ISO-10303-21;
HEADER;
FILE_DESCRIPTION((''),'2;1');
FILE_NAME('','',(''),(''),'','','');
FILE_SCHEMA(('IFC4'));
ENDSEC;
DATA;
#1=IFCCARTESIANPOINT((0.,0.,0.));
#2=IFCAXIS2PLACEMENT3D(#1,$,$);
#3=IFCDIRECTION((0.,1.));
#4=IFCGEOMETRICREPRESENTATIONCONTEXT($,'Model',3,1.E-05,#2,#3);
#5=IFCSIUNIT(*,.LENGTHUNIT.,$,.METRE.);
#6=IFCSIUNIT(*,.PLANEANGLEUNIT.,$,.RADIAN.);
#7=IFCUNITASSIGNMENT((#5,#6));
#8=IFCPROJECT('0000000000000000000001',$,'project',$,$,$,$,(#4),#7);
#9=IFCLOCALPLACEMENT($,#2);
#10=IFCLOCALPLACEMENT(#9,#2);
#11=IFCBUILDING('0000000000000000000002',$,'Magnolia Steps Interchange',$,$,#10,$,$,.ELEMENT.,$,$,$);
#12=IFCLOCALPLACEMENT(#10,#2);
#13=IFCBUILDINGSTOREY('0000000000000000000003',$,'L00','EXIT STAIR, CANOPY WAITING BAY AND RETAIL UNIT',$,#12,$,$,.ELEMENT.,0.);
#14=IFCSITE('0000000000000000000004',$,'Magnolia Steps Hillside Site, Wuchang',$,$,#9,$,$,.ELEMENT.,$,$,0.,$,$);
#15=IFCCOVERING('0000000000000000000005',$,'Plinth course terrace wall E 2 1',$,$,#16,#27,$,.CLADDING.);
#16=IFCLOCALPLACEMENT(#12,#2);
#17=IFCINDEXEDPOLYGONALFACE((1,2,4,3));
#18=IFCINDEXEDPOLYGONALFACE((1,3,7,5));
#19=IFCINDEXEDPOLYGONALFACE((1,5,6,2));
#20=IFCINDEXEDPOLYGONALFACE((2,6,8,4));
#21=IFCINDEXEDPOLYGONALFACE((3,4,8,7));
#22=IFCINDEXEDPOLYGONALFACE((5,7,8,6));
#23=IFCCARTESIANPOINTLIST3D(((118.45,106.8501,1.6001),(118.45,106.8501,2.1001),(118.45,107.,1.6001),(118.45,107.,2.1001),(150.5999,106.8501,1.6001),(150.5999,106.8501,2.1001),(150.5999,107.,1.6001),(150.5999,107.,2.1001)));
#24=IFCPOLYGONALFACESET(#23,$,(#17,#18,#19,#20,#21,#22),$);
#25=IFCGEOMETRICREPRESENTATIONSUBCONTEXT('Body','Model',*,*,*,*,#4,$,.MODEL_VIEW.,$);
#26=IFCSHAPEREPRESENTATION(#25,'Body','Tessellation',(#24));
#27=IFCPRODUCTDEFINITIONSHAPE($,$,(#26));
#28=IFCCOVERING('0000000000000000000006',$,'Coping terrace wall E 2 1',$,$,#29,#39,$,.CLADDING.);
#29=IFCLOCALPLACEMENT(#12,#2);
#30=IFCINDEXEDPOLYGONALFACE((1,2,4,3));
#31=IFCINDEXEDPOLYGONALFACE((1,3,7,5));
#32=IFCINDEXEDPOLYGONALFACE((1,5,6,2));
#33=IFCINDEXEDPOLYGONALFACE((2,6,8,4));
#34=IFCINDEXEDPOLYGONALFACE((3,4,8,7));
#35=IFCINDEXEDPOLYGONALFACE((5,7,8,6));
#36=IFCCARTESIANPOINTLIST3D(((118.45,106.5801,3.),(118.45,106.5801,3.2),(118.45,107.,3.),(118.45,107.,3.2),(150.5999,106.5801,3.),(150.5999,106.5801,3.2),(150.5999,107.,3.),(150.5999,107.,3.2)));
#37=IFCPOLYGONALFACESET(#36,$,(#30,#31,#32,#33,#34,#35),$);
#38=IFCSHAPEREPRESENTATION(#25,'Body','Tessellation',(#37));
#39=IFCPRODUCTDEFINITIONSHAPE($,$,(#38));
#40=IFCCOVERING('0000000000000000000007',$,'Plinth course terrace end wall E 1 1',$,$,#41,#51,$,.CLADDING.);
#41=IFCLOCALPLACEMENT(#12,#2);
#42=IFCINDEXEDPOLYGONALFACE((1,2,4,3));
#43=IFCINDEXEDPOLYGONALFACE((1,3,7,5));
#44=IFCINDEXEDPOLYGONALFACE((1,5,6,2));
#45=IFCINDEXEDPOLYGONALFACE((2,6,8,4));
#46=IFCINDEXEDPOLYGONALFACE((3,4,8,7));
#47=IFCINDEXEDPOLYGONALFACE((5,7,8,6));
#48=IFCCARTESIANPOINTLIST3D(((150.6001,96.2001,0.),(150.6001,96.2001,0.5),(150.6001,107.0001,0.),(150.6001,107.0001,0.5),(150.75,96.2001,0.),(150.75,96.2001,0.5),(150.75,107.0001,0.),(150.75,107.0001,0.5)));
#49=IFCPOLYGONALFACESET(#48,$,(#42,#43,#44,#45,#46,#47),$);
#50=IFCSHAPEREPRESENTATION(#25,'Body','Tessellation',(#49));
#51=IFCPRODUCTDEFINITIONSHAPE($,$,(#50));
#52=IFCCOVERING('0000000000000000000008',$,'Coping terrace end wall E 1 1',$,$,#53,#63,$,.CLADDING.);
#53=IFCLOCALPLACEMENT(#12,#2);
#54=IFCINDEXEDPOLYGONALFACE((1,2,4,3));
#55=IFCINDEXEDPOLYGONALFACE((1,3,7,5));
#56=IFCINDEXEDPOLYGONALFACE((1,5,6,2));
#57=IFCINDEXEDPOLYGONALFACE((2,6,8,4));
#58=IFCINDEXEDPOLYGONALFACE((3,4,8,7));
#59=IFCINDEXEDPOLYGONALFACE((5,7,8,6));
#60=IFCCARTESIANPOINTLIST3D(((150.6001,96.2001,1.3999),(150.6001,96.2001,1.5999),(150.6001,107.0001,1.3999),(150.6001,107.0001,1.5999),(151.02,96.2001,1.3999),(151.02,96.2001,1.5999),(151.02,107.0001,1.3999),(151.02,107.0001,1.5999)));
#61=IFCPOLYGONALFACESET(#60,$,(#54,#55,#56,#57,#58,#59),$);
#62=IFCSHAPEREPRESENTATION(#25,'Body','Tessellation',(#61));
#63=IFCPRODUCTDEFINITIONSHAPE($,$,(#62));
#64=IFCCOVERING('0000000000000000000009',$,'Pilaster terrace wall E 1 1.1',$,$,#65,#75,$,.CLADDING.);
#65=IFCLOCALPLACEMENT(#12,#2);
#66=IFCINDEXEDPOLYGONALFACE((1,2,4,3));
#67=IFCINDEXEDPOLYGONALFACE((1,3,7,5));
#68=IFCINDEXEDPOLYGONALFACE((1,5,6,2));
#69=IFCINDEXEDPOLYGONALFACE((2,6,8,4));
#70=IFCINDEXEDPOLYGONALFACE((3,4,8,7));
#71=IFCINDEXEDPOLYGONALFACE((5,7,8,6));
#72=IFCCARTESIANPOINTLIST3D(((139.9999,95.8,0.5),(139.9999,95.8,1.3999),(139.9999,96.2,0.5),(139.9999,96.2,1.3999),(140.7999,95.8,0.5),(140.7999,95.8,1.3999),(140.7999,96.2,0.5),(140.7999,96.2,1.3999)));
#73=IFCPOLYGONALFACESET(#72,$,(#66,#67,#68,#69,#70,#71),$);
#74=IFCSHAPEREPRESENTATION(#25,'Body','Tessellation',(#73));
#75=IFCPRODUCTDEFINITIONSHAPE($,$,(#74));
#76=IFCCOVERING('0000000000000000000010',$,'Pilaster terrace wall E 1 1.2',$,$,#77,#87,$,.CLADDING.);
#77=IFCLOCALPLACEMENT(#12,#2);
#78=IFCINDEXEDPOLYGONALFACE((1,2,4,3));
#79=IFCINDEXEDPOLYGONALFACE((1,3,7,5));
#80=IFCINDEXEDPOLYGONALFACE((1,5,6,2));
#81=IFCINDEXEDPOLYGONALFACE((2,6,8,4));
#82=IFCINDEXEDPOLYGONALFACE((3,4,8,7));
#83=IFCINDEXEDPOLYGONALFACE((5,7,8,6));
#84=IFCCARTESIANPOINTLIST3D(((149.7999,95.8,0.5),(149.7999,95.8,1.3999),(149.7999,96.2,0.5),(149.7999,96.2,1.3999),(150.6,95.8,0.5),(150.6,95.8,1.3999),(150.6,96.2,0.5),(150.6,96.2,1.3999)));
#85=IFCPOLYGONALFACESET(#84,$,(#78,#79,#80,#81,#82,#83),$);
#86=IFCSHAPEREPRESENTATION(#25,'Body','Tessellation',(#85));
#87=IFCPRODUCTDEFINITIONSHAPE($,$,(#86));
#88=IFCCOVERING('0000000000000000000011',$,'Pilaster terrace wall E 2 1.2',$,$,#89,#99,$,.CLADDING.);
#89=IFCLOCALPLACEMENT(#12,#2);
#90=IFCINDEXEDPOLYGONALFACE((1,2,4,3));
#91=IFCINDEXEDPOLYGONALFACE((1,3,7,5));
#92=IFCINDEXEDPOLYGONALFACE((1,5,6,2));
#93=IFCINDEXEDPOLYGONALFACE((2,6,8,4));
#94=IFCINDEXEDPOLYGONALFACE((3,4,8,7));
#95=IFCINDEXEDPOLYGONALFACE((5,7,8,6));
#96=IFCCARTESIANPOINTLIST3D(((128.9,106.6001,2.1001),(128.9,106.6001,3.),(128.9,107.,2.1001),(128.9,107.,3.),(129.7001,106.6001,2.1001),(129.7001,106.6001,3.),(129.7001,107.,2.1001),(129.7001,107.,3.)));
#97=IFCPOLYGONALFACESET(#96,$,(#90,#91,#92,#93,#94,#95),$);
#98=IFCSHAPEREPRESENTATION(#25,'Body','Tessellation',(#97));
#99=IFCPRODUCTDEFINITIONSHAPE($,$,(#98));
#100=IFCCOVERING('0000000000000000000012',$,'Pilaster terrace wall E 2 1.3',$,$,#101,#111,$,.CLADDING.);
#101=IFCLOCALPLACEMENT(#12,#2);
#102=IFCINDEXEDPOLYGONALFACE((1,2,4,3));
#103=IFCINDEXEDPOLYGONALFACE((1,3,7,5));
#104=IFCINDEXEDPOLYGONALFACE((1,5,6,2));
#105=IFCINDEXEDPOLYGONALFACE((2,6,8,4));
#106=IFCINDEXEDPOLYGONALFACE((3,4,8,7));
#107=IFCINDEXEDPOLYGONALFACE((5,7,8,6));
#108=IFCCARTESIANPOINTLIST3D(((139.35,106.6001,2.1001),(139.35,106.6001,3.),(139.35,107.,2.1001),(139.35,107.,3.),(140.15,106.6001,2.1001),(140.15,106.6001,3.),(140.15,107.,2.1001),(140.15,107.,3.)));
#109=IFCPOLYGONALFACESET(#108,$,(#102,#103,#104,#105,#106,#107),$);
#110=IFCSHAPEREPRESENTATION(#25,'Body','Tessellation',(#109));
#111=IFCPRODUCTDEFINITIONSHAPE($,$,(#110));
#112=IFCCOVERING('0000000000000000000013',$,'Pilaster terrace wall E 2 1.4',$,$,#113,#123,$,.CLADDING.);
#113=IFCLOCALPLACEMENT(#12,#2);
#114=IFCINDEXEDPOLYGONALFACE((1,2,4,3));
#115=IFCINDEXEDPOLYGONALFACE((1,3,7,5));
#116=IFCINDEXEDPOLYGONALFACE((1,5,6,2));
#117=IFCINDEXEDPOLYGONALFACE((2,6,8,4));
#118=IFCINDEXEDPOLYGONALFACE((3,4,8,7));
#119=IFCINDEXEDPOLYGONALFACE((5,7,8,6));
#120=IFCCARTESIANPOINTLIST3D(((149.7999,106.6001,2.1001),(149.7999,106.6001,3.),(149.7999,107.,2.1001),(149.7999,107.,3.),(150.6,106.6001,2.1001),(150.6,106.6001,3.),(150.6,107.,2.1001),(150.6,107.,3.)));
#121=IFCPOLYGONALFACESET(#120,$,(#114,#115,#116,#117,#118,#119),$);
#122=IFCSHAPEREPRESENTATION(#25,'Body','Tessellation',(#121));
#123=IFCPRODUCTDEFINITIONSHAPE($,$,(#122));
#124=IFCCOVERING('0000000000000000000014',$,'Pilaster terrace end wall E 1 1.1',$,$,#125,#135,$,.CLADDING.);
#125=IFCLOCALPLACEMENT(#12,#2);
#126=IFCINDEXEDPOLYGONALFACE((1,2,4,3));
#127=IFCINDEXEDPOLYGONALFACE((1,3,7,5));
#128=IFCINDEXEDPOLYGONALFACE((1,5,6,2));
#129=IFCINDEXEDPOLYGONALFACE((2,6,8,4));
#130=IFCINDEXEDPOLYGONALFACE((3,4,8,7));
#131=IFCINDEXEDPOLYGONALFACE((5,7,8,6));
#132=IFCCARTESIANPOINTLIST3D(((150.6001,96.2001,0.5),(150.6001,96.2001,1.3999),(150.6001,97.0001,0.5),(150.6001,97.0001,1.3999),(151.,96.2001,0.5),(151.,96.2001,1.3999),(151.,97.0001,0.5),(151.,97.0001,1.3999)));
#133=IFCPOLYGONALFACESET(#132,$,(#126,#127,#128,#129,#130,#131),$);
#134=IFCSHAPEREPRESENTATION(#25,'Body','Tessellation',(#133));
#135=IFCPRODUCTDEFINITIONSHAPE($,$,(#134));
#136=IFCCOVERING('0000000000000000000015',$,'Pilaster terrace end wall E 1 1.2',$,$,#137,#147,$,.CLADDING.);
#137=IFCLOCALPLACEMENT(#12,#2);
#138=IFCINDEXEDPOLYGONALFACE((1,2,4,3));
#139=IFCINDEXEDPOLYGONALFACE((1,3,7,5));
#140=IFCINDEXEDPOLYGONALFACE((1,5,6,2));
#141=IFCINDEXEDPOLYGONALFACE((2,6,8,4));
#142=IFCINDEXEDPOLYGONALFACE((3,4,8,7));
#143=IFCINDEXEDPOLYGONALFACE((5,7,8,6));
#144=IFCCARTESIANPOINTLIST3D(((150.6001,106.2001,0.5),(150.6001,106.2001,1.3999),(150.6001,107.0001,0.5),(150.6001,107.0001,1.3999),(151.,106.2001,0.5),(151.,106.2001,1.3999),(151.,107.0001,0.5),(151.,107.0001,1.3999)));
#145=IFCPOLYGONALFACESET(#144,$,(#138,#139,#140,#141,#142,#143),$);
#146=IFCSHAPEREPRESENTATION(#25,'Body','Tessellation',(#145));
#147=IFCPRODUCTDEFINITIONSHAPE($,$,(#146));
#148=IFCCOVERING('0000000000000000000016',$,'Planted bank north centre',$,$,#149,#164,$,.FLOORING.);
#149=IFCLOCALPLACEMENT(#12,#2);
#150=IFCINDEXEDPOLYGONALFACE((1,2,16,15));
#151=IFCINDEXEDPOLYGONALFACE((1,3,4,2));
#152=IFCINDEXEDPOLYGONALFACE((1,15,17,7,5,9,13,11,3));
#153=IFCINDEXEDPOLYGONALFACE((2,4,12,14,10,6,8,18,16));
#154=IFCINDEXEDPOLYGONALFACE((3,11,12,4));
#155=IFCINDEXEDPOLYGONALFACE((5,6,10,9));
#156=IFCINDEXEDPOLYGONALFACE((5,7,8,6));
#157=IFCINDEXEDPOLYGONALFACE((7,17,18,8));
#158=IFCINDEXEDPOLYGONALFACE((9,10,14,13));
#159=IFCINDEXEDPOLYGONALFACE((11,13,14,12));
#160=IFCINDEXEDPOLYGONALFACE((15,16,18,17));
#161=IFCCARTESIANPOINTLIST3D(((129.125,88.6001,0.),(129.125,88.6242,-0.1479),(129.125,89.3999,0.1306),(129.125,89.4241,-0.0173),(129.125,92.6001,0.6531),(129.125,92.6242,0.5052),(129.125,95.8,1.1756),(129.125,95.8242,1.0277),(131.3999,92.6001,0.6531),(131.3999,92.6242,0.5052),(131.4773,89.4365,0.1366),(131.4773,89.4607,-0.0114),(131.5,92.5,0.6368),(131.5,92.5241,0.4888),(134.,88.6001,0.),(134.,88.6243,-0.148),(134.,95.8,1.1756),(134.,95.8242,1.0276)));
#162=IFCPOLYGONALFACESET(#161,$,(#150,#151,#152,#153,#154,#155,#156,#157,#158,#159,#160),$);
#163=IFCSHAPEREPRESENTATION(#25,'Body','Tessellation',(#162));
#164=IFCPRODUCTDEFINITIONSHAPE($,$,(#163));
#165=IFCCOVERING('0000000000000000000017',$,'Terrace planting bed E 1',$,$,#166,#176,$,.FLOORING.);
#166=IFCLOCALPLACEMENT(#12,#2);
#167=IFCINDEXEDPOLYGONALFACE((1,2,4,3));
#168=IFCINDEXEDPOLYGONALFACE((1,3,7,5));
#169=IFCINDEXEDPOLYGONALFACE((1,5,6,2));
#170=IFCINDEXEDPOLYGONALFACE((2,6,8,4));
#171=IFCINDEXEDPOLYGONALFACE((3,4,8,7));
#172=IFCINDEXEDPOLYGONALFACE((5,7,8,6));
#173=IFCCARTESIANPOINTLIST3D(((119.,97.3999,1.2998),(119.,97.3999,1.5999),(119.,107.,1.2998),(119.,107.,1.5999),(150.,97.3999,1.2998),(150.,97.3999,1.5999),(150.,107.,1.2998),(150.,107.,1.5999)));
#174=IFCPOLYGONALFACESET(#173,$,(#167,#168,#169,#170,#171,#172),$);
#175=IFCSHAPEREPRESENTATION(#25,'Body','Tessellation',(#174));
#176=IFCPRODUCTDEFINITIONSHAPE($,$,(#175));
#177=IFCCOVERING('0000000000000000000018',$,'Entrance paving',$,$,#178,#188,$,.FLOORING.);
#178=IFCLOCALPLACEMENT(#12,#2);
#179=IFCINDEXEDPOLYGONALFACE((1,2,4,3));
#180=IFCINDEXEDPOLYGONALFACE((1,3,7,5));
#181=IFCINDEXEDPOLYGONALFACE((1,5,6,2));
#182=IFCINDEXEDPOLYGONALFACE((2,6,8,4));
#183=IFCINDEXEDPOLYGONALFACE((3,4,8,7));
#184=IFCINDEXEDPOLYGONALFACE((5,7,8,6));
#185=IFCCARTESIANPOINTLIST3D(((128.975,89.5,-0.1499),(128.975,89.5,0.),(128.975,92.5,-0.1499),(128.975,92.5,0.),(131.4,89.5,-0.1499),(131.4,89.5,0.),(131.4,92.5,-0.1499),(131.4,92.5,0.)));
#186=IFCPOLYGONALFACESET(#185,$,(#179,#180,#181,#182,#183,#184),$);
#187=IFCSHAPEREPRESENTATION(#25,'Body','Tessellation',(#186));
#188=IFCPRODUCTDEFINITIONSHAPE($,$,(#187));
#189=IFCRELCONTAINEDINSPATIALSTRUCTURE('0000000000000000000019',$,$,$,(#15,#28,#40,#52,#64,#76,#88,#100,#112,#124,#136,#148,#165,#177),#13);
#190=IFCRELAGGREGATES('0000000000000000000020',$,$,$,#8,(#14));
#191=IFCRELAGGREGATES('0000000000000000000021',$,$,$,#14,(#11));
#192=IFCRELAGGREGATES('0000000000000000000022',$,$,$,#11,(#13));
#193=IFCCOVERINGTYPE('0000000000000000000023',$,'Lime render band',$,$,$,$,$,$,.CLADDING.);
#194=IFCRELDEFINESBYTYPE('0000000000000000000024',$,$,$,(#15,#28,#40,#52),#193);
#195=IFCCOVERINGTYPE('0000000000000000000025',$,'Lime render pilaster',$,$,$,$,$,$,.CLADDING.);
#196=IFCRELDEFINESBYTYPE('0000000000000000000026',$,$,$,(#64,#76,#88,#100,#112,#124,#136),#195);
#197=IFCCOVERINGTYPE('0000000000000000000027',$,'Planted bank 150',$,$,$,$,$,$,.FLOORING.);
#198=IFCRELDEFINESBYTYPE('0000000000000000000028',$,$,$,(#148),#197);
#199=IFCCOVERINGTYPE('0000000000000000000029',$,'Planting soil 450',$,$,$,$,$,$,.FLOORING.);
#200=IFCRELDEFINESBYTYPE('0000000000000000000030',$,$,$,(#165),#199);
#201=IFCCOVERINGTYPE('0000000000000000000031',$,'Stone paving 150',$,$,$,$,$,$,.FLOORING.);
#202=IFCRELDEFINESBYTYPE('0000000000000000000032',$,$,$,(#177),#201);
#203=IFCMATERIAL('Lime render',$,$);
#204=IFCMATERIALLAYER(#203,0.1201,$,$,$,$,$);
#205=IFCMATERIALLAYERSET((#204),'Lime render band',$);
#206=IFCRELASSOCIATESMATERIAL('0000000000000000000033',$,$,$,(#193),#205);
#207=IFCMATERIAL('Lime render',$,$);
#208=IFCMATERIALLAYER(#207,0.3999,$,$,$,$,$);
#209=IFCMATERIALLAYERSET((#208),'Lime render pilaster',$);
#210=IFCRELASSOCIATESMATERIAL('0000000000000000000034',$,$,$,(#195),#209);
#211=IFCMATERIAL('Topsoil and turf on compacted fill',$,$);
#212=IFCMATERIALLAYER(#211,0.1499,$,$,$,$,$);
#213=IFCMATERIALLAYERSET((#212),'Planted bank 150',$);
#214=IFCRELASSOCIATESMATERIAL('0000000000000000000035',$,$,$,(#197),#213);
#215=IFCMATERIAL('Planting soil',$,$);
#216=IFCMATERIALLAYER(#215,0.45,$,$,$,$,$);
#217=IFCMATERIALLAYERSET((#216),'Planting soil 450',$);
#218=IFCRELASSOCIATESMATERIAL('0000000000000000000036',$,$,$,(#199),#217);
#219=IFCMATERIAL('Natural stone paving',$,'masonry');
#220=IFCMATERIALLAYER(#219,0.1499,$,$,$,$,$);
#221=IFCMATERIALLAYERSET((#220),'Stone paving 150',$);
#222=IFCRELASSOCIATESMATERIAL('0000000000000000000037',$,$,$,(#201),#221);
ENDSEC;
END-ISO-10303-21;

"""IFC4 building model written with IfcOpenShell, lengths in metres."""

from ifc_helpers import new_model, si_unit, direction, frame, origin, origin_2d, place, context, subcontext, project, spatial, polyline, rectangle, outline, extrude, material, layer, layer_set, type_object, element, save


model = new_model("IFC4")

# Units and contexts
model_context = context("Model", 3, precision=1e-05, world=origin(), true_north=direction((0.0, 1.0)))
body_context = subcontext(model_context, "Body", "Model", "MODEL_VIEW")
ifc_project = project(units=[si_unit("LENGTHUNIT", "METRE"), si_unit("PLANEANGLEUNIT", "RADIAN")], contexts=[model_context])

# Site, building, storey
site_placement = place(None, origin())
site = spatial("IfcSite", under=ifc_project, at=site_placement, Name="Magnolia Steps Hillside Site, Wuchang", CompositionType="ELEMENT", RefElevation=0.0)
building_placement = place(site_placement, origin())
building = spatial("IfcBuilding", under=site, at=building_placement, Name="Magnolia Steps Interchange", CompositionType="ELEMENT")
storey_placement = place(building_placement, origin())
storey = spatial("IfcBuildingStorey", under=building, at=storey_placement, Name="L00", Description="EXIT STAIR, CANOPY WAITING BAY AND RETAIL UNIT", CompositionType="ELEMENT", Elevation=0.0)

# Coverings
ifc_material_1 = material(Name="Lime render")
ifc_layer_1 = layer(ifc_material_1, 0.1201)
ifc_layer_set_1 = layer_set([ifc_layer_1], Name="Lime render band")
covering_type_1 = type_object("IfcCoveringType", Name="Lime render band", PredefinedType="CLADDING", material=ifc_layer_set_1)
covering_1_placement = place(storey_placement, frame((134.5249, 106.925, 1.6001), z_axis=(0.0, 0.0, 1.0), x_axis=(1.0, 0.0, 0.0)))
element("IfcCovering", 1, at=covering_1_placement, inside=storey, type_object=covering_type_1, Name="Plinth course terrace wall E 2 1", PredefinedType="CLADDING", context=body_context, shape_type="SweptSolid", body=[
    extrude(rectangle(XDim=32.1499, YDim=0.1499, at=origin_2d()), origin(), (0.0, 0.0, 1.0), 0.5),
])
covering_2_placement = place(storey_placement, frame((134.5249, 106.79, 3.0), z_axis=(0.0, 0.0, 1.0), x_axis=(1.0, 0.0, 0.0)))
element("IfcCovering", 2, at=covering_2_placement, inside=storey, type_object=covering_type_1, Name="Coping terrace wall E 2 1", PredefinedType="CLADDING", context=body_context, shape_type="SweptSolid", body=[
    extrude(rectangle(XDim=32.1499, YDim=0.4199, at=origin_2d()), origin(), (0.0, 0.0, 1.0), 0.2),
])
covering_3_placement = place(storey_placement, frame((150.675, 101.6001, 0.0), z_axis=(0.0, 0.0, 1.0), x_axis=(1.0, 0.0, 0.0)))
element("IfcCovering", 3, at=covering_3_placement, inside=storey, type_object=covering_type_1, Name="Plinth course terrace end wall E 1 1", PredefinedType="CLADDING", context=body_context, shape_type="SweptSolid", body=[
    extrude(rectangle(XDim=0.1499, YDim=10.8, at=origin_2d()), origin(), (0.0, 0.0, 1.0), 0.5),
])
covering_4_placement = place(storey_placement, frame((150.8101, 101.6001, 1.3999), z_axis=(0.0, 0.0, 1.0), x_axis=(1.0, 0.0, 0.0)))
element("IfcCovering", 4, at=covering_4_placement, inside=storey, type_object=covering_type_1, Name="Coping terrace end wall E 1 1", PredefinedType="CLADDING", context=body_context, shape_type="SweptSolid", body=[
    extrude(rectangle(XDim=0.4199, YDim=10.8, at=origin_2d()), origin(), (0.0, 0.0, 1.0), 0.2),
])
ifc_material_2 = material(Name="Lime render")
ifc_layer_2 = layer(ifc_material_2, 0.3999)
ifc_layer_set_2 = layer_set([ifc_layer_2], Name="Lime render pilaster")
covering_type_2 = type_object("IfcCoveringType", Name="Lime render pilaster", PredefinedType="CLADDING", material=ifc_layer_set_2)
for number, where, z_axis, x_axis, name in (
    (5, (140.3999, 96.0, 0.5), (0.0, 0.0, 1.0), (1.0, 0.0, 0.0), "Pilaster terrace wall E 1 1.1"),
    (6, (150.2, 96.0, 0.5), (0.0, 0.0, 1.0), (1.0, 0.0, 0.0), "Pilaster terrace wall E 1 1.2"),
    (7, (129.3, 106.8, 2.1001), (0.0, 0.0, 1.0), (1.0, 0.0, 0.0), "Pilaster terrace wall E 2 1.2"),
    (8, (139.75, 106.8, 2.1001), (0.0, 0.0, 1.0), (1.0, 0.0, 0.0), "Pilaster terrace wall E 2 1.3"),
    (9, (150.2, 106.8, 2.1001), (0.0, 0.0, 1.0), (1.0, 0.0, 0.0), "Pilaster terrace wall E 2 1.4"),
):
    element("IfcCovering", number, at=place(storey_placement, frame(where, z_axis=z_axis, x_axis=x_axis)), inside=storey, type_object=covering_type_2, Name=name, PredefinedType="CLADDING", context=body_context, shape_type="SweptSolid", body=[
        extrude(rectangle(XDim=0.8, YDim=0.3999, at=origin_2d()), origin(), (0.0, 0.0, 1.0), 0.8999),
    ])
for number, where, z_axis, x_axis, name in (
    (10, (150.8, 96.6001, 0.5), (0.0, 0.0, 1.0), (1.0, 0.0, 0.0), "Pilaster terrace end wall E 1 1.1"),
    (11, (150.8, 106.6001, 0.5), (0.0, 0.0, 1.0), (1.0, 0.0, 0.0), "Pilaster terrace end wall E 1 1.2"),
):
    element("IfcCovering", number, at=place(storey_placement, frame(where, z_axis=z_axis, x_axis=x_axis)), inside=storey, type_object=covering_type_2, Name=name, PredefinedType="CLADDING", context=body_context, shape_type="SweptSolid", body=[
        extrude(rectangle(XDim=0.3999, YDim=0.8, at=origin_2d()), origin(), (0.0, 0.0, 1.0), 0.8999),
    ])
ifc_material_3 = material(Name="Topsoil and turf on compacted fill")
ifc_layer_3 = layer(ifc_material_3, 0.1499)
ifc_layer_set_3 = layer_set([ifc_layer_3], Name="Planted bank 150")
covering_type_3 = type_object("IfcCoveringType", Name="Planted bank 150", PredefinedType="FLOORING", material=ifc_layer_set_3)
covering_5_placement = place(storey_placement, frame((129.125, 89.3999, 0.1306), z_axis=(0.000008, -0.161145, 0.986931), x_axis=(0.999875, 0.015576, 0.002535)))
element("IfcCovering", 12, at=covering_5_placement, inside=storey, type_object=covering_type_3, Name="Planted bank north centre", PredefinedType="FLOORING", context=body_context, shape_type="SweptSolid", body=[
    extrude(outline(polyline([(0.0, 0.0), (2.3526, 0.0), (2.4243, 3.1033), (2.3258, 3.2063), (0.0512, 3.2422), (0.1023, 6.4841), (4.9767, 6.4071), (4.8616, -0.8872), (-0.0128, -0.8103), (0.0, 0.0)])), origin(), (0.0, 0.0, -1.0), 0.1499),
])
ifc_material_4 = material(Name="Planting soil")
ifc_layer_4 = layer(ifc_material_4, 0.45)
ifc_layer_set_4 = layer_set([ifc_layer_4], Name="Planting soil 450")
covering_type_4 = type_object("IfcCoveringType", Name="Planting soil 450", PredefinedType="FLOORING", material=ifc_layer_set_4)
covering_6_placement = place(storey_placement, frame((134.5, 102.2, 1.2998), z_axis=(0.0, 0.0, 1.0), x_axis=(1.0, 0.0, 0.0)))
element("IfcCovering", 13, at=covering_6_placement, inside=storey, type_object=covering_type_4, Name="Terrace planting bed E 1", PredefinedType="FLOORING", context=body_context, shape_type="SweptSolid", body=[
    extrude(rectangle(XDim=31.0, YDim=9.6001, at=origin_2d()), origin(), (0.0, 0.0, 1.0), 0.3),
])

# Covering
ifc_material_5 = material(Name="Natural stone paving", Category="masonry")
ifc_layer_5 = layer(ifc_material_5, 0.1499)
ifc_layer_set_5 = layer_set([ifc_layer_5], Name="Stone paving 150")
covering_type_5 = type_object("IfcCoveringType", Name="Stone paving 150", PredefinedType="FLOORING", material=ifc_layer_set_5)
covering_7_placement = place(storey_placement, frame((130.1875, 91.0, -0.1499), z_axis=(0.0, 0.0, 1.0), x_axis=(1.0, 0.0, 0.0)))
element("IfcCovering", 14, at=covering_7_placement, inside=storey, type_object=covering_type_5, Name="Entrance paving", PredefinedType="FLOORING", context=body_context, shape_type="SweptSolid", body=[
    extrude(rectangle(XDim=2.425, YDim=3.0, at=origin_2d()), origin(), (0.0, 0.0, 1.0), 0.1499),
])

save(model, "model.ifc")
